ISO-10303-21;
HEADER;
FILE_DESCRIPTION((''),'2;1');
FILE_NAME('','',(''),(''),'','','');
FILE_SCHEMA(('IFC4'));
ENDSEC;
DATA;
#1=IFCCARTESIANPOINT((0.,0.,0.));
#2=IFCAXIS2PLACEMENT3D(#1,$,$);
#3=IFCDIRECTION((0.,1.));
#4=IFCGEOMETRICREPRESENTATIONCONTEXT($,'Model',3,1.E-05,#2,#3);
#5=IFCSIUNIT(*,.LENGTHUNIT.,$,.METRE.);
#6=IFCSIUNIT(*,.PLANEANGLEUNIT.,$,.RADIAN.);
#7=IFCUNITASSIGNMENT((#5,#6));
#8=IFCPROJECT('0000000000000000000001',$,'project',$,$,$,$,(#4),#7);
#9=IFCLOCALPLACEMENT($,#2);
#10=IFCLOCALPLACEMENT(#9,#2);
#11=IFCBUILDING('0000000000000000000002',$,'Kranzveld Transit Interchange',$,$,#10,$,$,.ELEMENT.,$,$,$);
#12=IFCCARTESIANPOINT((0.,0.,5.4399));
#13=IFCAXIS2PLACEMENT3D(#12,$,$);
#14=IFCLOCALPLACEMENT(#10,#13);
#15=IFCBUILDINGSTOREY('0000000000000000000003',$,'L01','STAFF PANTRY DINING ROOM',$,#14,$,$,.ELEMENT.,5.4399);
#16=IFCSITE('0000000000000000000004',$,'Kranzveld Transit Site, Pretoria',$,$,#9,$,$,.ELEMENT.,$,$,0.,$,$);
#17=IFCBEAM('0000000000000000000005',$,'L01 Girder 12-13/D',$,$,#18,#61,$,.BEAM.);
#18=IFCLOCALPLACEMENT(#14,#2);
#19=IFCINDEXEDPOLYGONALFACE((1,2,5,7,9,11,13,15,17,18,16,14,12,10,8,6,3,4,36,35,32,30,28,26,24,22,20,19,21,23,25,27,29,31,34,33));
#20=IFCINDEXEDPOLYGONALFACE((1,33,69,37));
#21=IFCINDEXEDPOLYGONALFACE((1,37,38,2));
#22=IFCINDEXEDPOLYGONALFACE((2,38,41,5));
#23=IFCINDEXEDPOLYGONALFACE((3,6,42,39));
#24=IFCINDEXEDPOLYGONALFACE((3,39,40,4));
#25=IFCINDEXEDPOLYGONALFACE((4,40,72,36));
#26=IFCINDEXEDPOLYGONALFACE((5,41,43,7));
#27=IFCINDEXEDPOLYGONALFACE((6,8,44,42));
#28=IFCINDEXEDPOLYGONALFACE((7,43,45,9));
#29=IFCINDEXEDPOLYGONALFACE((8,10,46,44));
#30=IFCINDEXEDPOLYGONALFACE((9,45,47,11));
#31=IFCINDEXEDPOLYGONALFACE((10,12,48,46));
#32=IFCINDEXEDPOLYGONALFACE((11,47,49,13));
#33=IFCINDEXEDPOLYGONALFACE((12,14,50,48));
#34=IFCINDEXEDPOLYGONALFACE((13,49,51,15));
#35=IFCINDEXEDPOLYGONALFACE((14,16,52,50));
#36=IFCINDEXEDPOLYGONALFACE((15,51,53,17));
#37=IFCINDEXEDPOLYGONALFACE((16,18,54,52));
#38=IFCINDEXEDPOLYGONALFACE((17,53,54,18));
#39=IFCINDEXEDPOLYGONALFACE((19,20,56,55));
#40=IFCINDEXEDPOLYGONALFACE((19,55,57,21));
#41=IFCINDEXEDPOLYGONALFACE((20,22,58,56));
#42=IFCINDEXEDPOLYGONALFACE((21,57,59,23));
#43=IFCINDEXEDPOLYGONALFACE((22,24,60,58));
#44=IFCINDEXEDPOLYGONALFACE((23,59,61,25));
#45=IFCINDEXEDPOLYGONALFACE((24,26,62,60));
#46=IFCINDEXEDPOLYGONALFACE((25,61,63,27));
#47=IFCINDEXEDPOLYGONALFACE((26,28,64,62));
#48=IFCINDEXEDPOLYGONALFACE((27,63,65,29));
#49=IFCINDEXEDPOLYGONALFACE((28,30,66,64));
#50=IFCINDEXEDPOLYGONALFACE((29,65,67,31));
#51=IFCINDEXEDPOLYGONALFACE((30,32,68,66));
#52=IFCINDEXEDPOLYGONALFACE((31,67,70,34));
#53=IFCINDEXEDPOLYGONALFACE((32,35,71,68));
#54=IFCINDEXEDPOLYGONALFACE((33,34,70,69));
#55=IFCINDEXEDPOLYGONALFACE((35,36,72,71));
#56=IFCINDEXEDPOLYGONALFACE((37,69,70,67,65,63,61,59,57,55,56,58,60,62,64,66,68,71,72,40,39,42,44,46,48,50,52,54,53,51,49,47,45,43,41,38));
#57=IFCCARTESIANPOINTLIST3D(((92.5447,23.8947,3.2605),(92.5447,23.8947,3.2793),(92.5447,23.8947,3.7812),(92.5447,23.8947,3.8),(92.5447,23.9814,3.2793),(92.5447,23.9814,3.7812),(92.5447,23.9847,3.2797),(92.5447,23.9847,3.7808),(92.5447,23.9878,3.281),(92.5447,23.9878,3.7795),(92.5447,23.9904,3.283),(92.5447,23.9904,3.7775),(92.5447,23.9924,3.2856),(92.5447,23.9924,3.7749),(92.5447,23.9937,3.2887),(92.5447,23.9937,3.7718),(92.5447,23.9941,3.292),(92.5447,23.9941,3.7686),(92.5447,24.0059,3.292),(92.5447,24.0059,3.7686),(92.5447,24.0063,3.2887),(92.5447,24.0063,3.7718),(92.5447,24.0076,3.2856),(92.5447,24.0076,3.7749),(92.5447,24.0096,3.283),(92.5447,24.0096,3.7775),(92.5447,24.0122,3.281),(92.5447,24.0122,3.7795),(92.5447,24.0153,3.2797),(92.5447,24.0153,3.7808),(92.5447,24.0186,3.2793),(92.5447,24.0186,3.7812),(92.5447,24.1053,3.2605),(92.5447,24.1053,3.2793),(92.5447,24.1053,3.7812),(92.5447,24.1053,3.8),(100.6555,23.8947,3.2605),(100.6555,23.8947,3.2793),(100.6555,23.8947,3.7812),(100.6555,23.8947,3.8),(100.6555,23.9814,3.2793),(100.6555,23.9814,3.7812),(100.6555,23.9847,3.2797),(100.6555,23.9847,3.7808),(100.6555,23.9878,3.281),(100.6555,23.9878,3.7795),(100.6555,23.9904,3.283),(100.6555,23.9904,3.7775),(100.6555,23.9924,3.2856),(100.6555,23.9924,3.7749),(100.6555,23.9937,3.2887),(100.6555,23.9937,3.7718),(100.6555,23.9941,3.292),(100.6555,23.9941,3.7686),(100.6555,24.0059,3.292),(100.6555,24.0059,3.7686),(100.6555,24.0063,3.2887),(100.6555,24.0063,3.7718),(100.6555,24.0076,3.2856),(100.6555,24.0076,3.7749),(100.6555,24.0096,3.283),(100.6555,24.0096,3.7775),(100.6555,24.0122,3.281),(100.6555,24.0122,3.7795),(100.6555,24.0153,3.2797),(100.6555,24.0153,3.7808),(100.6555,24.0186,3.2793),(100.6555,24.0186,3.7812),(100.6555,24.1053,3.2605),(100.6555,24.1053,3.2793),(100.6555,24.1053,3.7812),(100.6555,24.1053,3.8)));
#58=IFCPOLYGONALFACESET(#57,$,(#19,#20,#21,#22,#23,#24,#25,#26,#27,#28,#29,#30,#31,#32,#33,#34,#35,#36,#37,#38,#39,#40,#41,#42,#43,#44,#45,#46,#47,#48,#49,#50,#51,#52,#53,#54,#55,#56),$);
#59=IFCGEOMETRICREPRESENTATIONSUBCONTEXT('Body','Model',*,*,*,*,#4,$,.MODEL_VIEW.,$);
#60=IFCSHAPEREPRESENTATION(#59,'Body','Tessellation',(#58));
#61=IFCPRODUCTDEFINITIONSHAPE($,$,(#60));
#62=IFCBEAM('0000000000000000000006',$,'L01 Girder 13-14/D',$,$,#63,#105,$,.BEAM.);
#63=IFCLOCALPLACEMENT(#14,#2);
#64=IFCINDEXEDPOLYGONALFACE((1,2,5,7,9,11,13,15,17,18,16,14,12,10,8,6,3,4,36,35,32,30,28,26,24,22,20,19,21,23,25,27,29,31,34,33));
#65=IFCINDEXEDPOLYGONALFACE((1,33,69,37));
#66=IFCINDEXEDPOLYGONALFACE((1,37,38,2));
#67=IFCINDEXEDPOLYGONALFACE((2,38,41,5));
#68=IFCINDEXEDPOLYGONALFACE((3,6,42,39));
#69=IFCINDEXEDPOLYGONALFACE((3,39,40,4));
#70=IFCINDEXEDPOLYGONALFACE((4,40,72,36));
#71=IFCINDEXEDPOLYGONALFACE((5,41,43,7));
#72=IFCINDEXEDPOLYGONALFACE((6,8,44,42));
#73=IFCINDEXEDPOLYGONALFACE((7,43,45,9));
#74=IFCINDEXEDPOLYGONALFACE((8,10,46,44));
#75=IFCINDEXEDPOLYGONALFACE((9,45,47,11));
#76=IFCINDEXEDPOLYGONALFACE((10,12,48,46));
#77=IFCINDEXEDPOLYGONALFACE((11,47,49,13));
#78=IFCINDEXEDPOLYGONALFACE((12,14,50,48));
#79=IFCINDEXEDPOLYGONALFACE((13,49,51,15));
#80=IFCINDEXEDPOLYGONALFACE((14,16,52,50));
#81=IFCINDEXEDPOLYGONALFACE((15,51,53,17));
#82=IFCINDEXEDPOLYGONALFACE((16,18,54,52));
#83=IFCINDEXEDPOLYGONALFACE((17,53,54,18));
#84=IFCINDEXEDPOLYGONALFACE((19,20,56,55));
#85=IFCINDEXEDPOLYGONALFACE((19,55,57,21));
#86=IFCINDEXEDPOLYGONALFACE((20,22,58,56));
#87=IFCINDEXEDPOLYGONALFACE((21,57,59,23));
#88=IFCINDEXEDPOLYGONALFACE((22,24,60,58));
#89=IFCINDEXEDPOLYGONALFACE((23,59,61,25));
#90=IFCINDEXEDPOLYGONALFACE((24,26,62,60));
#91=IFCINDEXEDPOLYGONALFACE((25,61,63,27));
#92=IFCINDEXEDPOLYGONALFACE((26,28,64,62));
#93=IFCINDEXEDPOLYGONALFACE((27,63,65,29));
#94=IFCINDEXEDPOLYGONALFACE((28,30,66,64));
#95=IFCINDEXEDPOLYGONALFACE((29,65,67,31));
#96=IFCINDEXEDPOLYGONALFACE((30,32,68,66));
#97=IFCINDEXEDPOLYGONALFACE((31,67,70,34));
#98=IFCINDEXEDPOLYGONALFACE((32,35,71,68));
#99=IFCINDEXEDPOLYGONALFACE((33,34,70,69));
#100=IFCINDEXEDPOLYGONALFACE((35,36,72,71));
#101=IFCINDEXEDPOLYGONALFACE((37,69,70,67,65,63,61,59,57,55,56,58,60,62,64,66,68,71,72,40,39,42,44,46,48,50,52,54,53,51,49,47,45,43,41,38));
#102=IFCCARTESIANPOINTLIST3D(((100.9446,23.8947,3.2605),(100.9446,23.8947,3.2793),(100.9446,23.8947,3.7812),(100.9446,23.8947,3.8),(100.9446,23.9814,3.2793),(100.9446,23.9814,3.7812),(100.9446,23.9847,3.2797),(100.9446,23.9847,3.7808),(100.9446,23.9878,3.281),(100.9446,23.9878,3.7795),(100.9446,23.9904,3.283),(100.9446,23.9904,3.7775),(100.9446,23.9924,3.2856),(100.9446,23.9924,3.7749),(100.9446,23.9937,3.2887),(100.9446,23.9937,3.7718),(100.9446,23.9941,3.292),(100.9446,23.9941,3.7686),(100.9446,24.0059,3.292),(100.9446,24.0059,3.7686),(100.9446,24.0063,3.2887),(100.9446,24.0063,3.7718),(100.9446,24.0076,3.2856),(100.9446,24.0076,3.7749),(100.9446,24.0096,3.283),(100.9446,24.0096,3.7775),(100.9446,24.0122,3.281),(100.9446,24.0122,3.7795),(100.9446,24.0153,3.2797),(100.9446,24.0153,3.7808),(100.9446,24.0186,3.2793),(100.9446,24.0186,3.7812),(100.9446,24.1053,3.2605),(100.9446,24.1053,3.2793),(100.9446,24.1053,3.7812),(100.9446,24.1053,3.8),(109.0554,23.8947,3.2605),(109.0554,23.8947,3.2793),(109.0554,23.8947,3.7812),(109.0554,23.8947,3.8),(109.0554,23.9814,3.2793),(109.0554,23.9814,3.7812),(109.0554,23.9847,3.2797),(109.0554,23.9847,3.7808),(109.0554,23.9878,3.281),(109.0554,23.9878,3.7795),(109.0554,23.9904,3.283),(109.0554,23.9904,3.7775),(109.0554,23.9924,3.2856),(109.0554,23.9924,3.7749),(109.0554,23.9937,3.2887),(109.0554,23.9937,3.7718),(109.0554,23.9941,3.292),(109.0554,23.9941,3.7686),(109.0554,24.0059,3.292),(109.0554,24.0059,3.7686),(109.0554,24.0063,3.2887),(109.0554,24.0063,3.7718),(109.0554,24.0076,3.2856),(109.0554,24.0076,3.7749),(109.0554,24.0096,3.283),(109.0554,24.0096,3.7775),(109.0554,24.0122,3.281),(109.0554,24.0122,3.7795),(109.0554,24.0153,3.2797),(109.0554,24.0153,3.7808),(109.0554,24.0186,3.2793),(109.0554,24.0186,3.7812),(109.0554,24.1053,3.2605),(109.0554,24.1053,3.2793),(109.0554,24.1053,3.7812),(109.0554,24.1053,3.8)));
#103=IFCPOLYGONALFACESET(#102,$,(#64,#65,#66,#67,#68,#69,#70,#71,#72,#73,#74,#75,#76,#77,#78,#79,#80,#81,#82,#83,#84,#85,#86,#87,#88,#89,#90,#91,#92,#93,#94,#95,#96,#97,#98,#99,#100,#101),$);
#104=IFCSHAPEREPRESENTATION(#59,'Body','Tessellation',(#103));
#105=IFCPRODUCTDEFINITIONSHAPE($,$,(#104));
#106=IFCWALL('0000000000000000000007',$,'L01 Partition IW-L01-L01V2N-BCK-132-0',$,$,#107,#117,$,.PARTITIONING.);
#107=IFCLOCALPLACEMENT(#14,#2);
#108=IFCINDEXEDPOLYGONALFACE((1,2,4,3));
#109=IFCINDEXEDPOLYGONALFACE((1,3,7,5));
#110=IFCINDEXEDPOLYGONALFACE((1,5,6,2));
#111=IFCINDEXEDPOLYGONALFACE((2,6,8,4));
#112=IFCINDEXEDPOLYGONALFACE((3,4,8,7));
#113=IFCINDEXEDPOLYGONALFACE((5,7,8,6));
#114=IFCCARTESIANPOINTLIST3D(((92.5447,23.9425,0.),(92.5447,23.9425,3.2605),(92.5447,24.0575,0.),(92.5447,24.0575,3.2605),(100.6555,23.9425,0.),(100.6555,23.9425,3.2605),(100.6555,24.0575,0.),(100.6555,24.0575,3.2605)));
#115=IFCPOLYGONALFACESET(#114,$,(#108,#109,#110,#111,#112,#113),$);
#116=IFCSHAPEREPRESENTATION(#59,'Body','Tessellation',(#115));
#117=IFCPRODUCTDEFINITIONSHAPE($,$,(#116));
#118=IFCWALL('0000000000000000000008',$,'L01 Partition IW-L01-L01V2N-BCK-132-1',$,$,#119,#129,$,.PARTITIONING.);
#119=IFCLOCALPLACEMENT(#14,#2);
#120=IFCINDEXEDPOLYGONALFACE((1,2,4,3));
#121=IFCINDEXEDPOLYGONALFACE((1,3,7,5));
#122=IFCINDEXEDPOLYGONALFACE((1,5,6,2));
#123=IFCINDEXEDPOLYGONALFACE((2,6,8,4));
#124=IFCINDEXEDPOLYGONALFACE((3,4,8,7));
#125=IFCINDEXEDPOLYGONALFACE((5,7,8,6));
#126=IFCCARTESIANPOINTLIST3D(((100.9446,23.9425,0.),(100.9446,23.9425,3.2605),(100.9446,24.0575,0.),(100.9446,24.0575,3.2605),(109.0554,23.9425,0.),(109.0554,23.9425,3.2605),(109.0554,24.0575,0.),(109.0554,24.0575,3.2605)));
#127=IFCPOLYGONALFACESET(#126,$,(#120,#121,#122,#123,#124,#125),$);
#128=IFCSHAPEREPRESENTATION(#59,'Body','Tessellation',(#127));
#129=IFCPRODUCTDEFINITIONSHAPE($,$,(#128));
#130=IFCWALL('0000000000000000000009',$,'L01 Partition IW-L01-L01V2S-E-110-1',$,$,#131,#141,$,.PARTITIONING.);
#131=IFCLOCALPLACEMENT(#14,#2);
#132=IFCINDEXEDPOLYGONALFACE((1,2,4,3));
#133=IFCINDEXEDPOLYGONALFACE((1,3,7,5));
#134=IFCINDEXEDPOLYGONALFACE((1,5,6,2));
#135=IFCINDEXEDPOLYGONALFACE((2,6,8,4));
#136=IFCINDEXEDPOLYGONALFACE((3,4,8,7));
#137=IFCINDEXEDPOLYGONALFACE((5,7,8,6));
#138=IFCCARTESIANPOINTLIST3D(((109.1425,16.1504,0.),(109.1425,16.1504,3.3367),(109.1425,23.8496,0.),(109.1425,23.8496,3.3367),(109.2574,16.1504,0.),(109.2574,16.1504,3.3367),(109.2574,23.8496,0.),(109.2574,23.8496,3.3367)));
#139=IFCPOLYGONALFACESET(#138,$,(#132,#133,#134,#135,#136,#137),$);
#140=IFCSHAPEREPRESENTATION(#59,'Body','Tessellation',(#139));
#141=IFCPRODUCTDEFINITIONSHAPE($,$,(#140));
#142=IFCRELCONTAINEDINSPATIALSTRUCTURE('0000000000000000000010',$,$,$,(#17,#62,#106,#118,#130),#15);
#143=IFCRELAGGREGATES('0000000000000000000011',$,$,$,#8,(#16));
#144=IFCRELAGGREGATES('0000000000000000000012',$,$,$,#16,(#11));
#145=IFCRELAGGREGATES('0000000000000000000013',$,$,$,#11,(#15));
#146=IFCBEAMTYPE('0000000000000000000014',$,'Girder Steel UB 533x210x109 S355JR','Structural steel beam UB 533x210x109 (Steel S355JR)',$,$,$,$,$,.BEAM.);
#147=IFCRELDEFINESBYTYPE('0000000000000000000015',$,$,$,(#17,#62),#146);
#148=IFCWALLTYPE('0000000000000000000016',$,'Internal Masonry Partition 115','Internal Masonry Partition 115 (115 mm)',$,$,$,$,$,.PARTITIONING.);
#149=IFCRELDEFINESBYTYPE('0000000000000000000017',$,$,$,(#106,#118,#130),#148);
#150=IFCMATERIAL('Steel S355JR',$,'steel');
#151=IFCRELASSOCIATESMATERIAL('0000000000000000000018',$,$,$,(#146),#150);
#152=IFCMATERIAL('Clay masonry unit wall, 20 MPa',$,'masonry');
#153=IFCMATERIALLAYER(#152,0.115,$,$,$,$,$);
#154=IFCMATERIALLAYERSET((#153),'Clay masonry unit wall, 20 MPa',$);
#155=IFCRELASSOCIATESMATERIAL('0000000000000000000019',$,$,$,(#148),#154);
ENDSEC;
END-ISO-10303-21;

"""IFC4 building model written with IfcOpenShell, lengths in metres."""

from ifc_helpers import new_model, si_unit, direction, frame, frame_2d, origin, origin_2d, place, context, subcontext, project, spatial, rectangle, i_section, extrude, material, layer, layer_set, material_profile, profile_set, type_object, element, save


model = new_model("IFC4")

# Units and contexts
model_context = context("Model", 3, precision=1e-05, world=origin(), true_north=direction((0.0, 1.0)))
body_context = subcontext(model_context, "Body", "Model", "MODEL_VIEW")
ifc_project = project(units=[si_unit("LENGTHUNIT", "METRE"), si_unit("PLANEANGLEUNIT", "RADIAN")], contexts=[model_context])

# Site, building, storey
site_placement = place(None, origin())
site = spatial("IfcSite", under=ifc_project, at=site_placement, Name="Kranzveld Transit Site, Pretoria", CompositionType="ELEMENT", RefElevation=0.0)
building_placement = place(site_placement, origin())
building = spatial("IfcBuilding", under=site, at=building_placement, Name="Kranzveld Transit Interchange", CompositionType="ELEMENT")
storey_placement = place(building_placement, frame((0.0, 0.0, 5.4399)))
storey = spatial("IfcBuildingStorey", under=building, at=storey_placement, Name="L01", Description="STAFF PANTRY DINING ROOM", CompositionType="ELEMENT", Elevation=5.4399)

# Beams
ifc_material_1 = material(Name="Steel S355JR", Category="steel")
ifc_material_profile_1 = material_profile(ifc_material_1, i_section(OverallWidth=0.2107, OverallDepth=0.5396, WebThickness=0.0117, FlangeThickness=0.0188, FilletRadius=0.0127, at=origin_2d()), Name="UB 533x210x109")
ifc_profile_set_1 = profile_set([ifc_material_profile_1], Name="Steel S355JR")
beam_type_1 = type_object("IfcBeamType", Name="Girder Steel UB 533x210x109 S355JR", Description="Structural steel beam UB 533x210x109 (Steel S355JR)", PredefinedType="BEAM", material=ifc_profile_set_1)
for number, where, z_axis, x_axis, name in (
    (1, (92.5447, 24.0, 3.5303), (1.0, 0.0, 0.0), (0.0, 1.0, 0.0), "L01 Girder 12-13/D"),
    (2, (100.9446, 24.0, 3.5303), (1.0, 0.0, 0.0), (0.0, 1.0, 0.0), "L01 Girder 13-14/D"),
):
    element("IfcBeam", number, at=place(storey_placement, frame(where, z_axis=z_axis, x_axis=x_axis)), inside=storey, type_object=beam_type_1, Name=name, PredefinedType="BEAM", context=body_context, shape_type="SweptSolid", body=[
        extrude(i_section(OverallWidth=0.2107, OverallDepth=0.5396, WebThickness=0.0117, FlangeThickness=0.0188, FilletRadius=0.0127, at=origin_2d()), origin(), (0.0, 0.0, 1.0), 8.1108),
    ])

# Walls
ifc_material_2 = material(Name="Clay masonry unit wall, 20 MPa", Category="masonry")
ifc_layer = layer(ifc_material_2, 0.115)
ifc_layer_set = layer_set([ifc_layer], Name="Clay masonry unit wall, 20 MPa")
wall_type = type_object("IfcWallType", Name="Internal Masonry Partition 115", Description="Internal Masonry Partition 115 (115 mm)", PredefinedType="PARTITIONING", material=ifc_layer_set)
for number, where, z_axis, x_axis, name in (
    (3, (92.5447, 24.0, 0.0), (0.0, 0.0, 1.0), (1.0, 0.0, 0.0), "L01 Partition IW-L01-L01V2N-BCK-132-0"),
    (4, (100.9446, 24.0, 0.0), (0.0, 0.0, 1.0), (1.0, 0.0, 0.0), "L01 Partition IW-L01-L01V2N-BCK-132-1"),
):
    element("IfcWall", number, at=place(storey_placement, frame(where, z_axis=z_axis, x_axis=x_axis)), inside=storey, type_object=wall_type, Name=name, PredefinedType="PARTITIONING", context=body_context, shape_type="SweptSolid", body=[
        extrude(rectangle(XDim=8.1108, YDim=0.115, at=frame_2d((4.0554, 0.0))), origin(), (0.0, 0.0, 1.0), 3.2605),
    ])
wall_placement = place(storey_placement, frame((109.2, 16.1504, 0.0), z_axis=(0.0, 0.0, 1.0), x_axis=(0.0, 1.0, 0.0)))
element("IfcWall", 5, at=wall_placement, inside=storey, type_object=wall_type, Name="L01 Partition IW-L01-L01V2S-E-110-1", PredefinedType="PARTITIONING", context=body_context, shape_type="SweptSolid", body=[
    extrude(rectangle(XDim=7.6992, YDim=0.115, at=frame_2d((3.8496, 0.0))), origin(), (0.0, 0.0, 1.0), 3.3367),
])

save(model, "model.ifc")
